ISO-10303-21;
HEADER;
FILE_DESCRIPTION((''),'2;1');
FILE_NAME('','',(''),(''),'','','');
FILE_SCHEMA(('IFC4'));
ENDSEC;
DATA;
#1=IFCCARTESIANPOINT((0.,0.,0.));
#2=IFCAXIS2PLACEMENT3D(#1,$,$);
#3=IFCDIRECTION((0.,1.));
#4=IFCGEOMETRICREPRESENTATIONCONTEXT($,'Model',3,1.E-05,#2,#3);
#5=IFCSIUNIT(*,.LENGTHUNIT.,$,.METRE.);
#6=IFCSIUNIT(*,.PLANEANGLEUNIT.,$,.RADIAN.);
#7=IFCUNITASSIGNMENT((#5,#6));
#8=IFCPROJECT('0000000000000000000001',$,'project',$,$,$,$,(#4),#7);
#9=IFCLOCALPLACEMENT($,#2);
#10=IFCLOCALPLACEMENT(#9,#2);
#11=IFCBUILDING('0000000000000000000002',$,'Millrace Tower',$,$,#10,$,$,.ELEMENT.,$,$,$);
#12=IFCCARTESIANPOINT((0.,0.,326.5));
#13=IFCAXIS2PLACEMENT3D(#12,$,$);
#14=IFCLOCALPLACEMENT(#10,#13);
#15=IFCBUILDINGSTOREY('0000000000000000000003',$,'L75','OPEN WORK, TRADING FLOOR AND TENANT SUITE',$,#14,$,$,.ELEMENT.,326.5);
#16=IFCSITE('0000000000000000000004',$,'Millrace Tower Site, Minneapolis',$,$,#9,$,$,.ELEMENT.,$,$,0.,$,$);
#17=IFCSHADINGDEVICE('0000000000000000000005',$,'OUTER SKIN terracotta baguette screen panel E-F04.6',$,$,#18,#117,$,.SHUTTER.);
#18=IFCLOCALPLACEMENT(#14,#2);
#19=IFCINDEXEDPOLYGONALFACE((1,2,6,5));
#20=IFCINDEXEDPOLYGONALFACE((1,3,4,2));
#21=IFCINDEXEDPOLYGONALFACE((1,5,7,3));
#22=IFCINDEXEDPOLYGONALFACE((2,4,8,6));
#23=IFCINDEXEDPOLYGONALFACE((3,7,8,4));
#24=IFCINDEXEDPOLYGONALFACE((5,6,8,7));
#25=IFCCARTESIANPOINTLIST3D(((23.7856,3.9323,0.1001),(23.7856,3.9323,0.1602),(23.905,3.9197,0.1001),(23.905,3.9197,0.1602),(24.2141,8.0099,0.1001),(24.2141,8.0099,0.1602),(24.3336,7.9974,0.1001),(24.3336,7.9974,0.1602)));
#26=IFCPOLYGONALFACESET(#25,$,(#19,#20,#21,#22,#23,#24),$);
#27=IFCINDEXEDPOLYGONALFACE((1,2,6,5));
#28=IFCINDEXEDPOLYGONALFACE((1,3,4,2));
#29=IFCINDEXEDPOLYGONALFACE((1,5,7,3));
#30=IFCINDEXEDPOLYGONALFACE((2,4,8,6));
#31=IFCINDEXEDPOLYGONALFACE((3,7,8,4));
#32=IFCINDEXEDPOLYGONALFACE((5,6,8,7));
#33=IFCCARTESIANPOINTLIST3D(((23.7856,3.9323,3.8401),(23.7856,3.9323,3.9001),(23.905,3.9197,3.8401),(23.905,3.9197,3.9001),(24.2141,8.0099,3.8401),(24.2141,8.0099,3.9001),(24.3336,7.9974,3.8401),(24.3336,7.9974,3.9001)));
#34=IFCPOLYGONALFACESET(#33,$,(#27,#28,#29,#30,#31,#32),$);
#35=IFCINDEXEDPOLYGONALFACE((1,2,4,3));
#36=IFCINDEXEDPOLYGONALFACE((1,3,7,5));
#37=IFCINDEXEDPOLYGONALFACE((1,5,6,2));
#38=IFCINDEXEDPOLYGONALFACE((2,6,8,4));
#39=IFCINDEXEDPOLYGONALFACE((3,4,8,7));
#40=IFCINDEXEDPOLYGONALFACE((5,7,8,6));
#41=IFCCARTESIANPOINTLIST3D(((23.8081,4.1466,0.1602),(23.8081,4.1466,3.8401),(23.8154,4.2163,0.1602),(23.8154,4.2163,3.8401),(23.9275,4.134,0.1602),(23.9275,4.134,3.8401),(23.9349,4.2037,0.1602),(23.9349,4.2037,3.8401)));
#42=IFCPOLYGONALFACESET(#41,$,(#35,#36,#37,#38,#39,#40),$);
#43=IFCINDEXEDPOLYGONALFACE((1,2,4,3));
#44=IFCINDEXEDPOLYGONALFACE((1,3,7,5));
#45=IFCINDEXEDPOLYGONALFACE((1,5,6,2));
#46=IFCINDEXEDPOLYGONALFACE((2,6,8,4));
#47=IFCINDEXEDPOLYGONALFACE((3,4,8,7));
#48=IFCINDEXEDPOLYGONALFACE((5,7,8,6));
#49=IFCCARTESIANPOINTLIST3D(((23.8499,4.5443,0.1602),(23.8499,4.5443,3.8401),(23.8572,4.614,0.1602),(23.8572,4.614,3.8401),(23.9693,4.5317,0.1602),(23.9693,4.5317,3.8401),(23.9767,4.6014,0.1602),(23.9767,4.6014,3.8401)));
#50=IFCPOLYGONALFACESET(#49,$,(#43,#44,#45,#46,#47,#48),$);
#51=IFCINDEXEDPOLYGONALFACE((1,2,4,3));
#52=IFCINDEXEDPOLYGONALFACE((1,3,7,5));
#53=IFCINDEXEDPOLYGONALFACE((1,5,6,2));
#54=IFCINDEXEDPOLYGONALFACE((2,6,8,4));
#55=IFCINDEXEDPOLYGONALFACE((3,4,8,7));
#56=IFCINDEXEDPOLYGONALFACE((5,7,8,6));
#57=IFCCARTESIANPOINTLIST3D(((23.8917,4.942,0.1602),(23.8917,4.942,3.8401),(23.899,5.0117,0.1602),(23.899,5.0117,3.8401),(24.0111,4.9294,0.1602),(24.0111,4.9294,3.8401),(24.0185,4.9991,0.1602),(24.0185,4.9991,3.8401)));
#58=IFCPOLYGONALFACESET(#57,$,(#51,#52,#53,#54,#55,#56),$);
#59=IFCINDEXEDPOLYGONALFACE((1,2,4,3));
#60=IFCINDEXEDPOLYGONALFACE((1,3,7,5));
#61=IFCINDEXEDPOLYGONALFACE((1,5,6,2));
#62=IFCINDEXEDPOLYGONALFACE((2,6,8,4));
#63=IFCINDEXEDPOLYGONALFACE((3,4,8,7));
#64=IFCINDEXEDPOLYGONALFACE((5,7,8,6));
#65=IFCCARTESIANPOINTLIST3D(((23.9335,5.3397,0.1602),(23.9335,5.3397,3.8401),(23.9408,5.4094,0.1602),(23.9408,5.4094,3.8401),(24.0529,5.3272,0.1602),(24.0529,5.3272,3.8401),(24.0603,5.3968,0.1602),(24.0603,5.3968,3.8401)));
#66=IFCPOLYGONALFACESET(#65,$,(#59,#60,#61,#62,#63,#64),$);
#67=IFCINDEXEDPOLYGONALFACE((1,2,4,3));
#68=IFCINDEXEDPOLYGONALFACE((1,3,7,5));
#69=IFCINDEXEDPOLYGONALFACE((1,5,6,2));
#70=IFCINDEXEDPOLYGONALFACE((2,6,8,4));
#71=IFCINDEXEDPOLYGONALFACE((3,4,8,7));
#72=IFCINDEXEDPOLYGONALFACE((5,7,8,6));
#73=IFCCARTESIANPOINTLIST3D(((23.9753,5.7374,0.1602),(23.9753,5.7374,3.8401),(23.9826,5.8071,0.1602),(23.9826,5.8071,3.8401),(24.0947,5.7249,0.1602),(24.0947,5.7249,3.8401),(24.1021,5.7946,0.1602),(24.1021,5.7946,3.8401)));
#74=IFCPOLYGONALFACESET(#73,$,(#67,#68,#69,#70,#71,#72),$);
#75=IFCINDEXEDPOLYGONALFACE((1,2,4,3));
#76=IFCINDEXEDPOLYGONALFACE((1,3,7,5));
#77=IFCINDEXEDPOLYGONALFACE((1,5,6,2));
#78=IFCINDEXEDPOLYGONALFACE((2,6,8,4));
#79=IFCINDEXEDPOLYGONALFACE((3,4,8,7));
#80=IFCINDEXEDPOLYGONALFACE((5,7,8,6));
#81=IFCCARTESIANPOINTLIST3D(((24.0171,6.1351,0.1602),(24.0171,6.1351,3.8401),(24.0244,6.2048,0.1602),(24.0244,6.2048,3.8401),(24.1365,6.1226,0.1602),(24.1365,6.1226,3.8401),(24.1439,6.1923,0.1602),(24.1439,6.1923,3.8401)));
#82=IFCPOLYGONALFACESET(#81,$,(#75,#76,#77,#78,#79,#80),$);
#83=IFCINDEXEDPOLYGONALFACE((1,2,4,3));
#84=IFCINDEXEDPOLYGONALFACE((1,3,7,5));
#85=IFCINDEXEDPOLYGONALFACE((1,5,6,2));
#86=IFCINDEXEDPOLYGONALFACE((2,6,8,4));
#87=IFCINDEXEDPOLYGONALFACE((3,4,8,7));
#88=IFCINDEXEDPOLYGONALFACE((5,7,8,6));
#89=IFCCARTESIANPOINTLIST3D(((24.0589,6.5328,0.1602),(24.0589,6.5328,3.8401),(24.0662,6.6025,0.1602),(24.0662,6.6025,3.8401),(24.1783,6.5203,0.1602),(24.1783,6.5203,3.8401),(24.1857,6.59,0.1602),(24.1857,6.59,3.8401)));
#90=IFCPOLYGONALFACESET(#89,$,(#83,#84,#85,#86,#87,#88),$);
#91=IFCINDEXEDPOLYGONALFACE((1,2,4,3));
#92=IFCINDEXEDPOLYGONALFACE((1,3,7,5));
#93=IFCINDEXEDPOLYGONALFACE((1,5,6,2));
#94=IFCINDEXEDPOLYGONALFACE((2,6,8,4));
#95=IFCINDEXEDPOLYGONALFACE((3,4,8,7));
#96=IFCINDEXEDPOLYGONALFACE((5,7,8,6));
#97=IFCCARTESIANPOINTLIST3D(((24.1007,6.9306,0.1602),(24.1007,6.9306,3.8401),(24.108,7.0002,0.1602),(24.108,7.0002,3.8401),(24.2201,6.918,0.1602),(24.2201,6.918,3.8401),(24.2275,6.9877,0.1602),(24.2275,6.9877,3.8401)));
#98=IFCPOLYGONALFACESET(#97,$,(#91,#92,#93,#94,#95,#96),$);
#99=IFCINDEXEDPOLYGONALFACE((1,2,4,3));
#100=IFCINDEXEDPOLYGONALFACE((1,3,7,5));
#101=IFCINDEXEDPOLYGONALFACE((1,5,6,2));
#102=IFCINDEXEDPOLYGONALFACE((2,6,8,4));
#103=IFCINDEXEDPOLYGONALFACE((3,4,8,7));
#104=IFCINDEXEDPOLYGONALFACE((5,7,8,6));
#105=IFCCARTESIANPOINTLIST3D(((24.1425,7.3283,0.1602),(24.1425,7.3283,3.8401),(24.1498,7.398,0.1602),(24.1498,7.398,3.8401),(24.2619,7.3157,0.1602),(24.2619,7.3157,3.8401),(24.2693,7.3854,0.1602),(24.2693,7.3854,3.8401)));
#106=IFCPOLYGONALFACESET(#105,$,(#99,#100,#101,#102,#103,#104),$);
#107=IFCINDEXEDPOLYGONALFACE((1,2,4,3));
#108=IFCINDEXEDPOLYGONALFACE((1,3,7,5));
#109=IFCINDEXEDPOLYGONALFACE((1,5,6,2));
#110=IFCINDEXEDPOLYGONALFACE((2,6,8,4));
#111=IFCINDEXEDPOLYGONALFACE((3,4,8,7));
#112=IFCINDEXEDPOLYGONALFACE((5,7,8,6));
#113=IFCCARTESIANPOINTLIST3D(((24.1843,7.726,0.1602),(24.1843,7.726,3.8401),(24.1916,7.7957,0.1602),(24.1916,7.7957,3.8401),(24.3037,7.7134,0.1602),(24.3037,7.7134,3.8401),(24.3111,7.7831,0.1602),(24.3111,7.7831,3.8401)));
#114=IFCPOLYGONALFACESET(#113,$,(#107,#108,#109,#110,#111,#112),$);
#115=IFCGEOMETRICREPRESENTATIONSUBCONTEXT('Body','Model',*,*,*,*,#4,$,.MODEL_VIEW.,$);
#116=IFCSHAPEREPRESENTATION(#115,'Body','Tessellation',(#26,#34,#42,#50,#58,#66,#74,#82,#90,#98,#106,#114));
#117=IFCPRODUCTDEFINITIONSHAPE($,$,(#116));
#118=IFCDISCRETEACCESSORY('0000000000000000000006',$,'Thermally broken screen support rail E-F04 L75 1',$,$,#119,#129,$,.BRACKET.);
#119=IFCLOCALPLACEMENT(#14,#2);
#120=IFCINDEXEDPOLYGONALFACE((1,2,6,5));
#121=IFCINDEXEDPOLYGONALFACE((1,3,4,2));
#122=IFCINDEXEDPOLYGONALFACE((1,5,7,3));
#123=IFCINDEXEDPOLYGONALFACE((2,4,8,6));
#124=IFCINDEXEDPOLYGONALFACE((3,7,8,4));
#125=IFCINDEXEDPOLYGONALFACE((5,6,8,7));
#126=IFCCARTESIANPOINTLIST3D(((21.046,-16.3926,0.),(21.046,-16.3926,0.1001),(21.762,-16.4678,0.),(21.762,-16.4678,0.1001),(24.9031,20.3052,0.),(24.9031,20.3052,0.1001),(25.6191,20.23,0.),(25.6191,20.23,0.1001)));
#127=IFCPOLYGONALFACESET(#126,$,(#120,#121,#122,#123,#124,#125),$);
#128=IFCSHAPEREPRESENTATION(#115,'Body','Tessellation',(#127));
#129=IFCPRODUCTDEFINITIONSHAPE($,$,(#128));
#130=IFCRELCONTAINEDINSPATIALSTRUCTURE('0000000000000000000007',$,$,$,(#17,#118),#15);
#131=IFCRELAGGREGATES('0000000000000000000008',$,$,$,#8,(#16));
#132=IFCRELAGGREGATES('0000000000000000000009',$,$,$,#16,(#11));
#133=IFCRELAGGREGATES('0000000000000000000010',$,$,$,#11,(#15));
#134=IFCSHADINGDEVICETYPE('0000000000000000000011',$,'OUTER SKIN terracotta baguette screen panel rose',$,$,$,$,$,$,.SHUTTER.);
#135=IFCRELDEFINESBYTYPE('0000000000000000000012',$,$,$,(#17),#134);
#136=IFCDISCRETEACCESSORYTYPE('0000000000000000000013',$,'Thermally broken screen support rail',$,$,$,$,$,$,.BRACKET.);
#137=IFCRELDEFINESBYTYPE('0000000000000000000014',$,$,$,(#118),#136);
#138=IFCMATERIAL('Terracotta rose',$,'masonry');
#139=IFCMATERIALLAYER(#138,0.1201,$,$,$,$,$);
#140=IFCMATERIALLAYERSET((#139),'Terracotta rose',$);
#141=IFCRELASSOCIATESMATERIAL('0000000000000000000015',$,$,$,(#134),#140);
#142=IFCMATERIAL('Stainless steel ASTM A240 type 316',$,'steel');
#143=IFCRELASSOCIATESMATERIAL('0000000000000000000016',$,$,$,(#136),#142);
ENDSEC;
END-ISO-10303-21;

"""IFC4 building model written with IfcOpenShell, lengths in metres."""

from ifc_helpers import new_model, entity, si_unit, direction, frame, frame_2d, origin, origin_2d, place, context, subcontext, project, spatial, rectangle, extrude, source, transform, mapped, material, layer, layer_set, type_object, element, save


model = new_model("IFC4")

# Units and contexts
model_context = context("Model", 3, precision=1e-05, world=origin(), true_north=direction((0.0, 1.0)))
body_context = subcontext(model_context, "Body", "Model", "MODEL_VIEW")
ifc_project = project(units=[si_unit("LENGTHUNIT", "METRE"), si_unit("PLANEANGLEUNIT", "RADIAN")], contexts=[model_context])

# Site, building, storey
site_placement = place(None, origin())
site = spatial("IfcSite", under=ifc_project, at=site_placement, Name="Millrace Tower Site, Minneapolis", CompositionType="ELEMENT", RefElevation=0.0)
building_placement = place(site_placement, origin())
building = spatial("IfcBuilding", under=site, at=building_placement, Name="Millrace Tower", CompositionType="ELEMENT")
storey_placement = place(building_placement, frame((0.0, 0.0, 326.5)))
storey = spatial("IfcBuildingStorey", under=building, at=storey_placement, Name="L75", Description="OPEN WORK, TRADING FLOOR AND TENANT SUITE", CompositionType="ELEMENT", Elevation=326.5)

# Shading device
ifc_material_1 = material(Name="Terracotta rose", Category="masonry")
ifc_layer_1 = layer(ifc_material_1, 0.1201)
ifc_layer_set_1 = layer_set([ifc_layer_1], Name="Terracotta rose")
shading_device_type = type_object("IfcShadingDeviceType", Name="OUTER SKIN terracotta baguette screen panel rose", PredefinedType="SHUTTER", material=ifc_layer_set_1)
cartesian_point = entity("IfcCartesianPoint", [-2.05, 0.0601])
shared_polyline = entity("IfcPolyline", [cartesian_point, entity("IfcCartesianPoint", [2.05, 0.0601]), entity("IfcCartesianPoint", [2.05, -0.0601]), entity("IfcCartesianPoint", [-2.05, -0.0601]), cartesian_point])
shared_shape = source(origin(), body_context, "Body", "SweptSolid", [
    entity("IfcExtrudedAreaSolid", entity("IfcArbitraryClosedProfileDef", "AREA", None, shared_polyline), entity("IfcAxis2Placement3D", entity("IfcCartesianPoint", [0.0, 0.0, 0.0])), entity("IfcDirection", [0.0, 0.0, 1.0]), 0.0601),
    entity("IfcExtrudedAreaSolid", entity("IfcArbitraryClosedProfileDef", "AREA", None, shared_polyline), entity("IfcAxis2Placement3D", entity("IfcCartesianPoint", [0.0, 0.0, 3.74])), entity("IfcDirection", [0.0, 0.0, 1.0]), 0.0601),
    extrude(rectangle(XDim=0.0701, YDim=0.1201, at=frame_2d((-1.7996, 0.0))), frame((0.0, 0.0, 0.0601)), (0.0, 0.0, 1.0), 3.6799),
    extrude(rectangle(XDim=0.0701, YDim=0.1201, at=frame_2d((-1.3997, 0.0))), frame((0.0, 0.0, 0.0601)), (0.0, 0.0, 1.0), 3.6799),
    extrude(rectangle(XDim=0.0701, YDim=0.1201, at=frame_2d((-0.9998, 0.0))), frame((0.0, 0.0, 0.0601)), (0.0, 0.0, 1.0), 3.6799),
    extrude(rectangle(XDim=0.0701, YDim=0.1201, at=frame_2d((-0.5999, 0.0))), frame((0.0, 0.0, 0.0601)), (0.0, 0.0, 1.0), 3.6799),
    extrude(rectangle(XDim=0.0701, YDim=0.1201, at=frame_2d((-0.2, 0.0))), frame((0.0, 0.0, 0.0601)), (0.0, 0.0, 1.0), 3.6799),
    extrude(rectangle(XDim=0.0701, YDim=0.1201, at=frame_2d((0.2, 0.0))), frame((0.0, 0.0, 0.0601)), (0.0, 0.0, 1.0), 3.6799),
    extrude(rectangle(XDim=0.0701, YDim=0.1201, at=frame_2d((0.5999, 0.0))), frame((0.0, 0.0, 0.0601)), (0.0, 0.0, 1.0), 3.6799),
    extrude(rectangle(XDim=0.0701, YDim=0.1201, at=frame_2d((0.9998, 0.0))), frame((0.0, 0.0, 0.0601)), (0.0, 0.0, 1.0), 3.6799),
    extrude(rectangle(XDim=0.0701, YDim=0.1201, at=frame_2d((1.3997, 0.0))), frame((0.0, 0.0, 0.0601)), (0.0, 0.0, 1.0), 3.6799),
    extrude(rectangle(XDim=0.0701, YDim=0.1201, at=frame_2d((1.7996, 0.0))), frame((0.0, 0.0, 0.0601)), (0.0, 0.0, 1.0), 3.6799),
])
for number, where, z_axis, x_axis, name in (
    (1, (24.0596, 5.9648, 0.1001), (0.0, 0.0, 1.0), (0.104528, 0.994522, 0.0), "OUTER SKIN terracotta baguette screen panel E-F04.6"),
):
    element("IfcShadingDevice", number, at=place(storey_placement, frame(where, z_axis=z_axis, x_axis=x_axis)), inside=storey, type_object=shading_device_type, Name=name, PredefinedType="SHUTTER", context=body_context, shape_type="MappedRepresentation", body=[
        mapped(shared_shape, transform((0.0, 0.0, 0.0), scale=1.0)),
    ])

# Discrete accessory
ifc_material_2 = material(Name="Stainless steel ASTM A240 type 316", Category="steel")
discrete_accessory_type = type_object("IfcDiscreteAccessoryType", Name="Thermally broken screen support rail", PredefinedType="BRACKET", material=ifc_material_2)
discrete_accessory_placement = place(storey_placement, frame((23.3325, 1.9187, 0.0), z_axis=(0.0, 0.0, 1.0), x_axis=(0.104528, 0.994522, 0.0)))
element("IfcDiscreteAccessory", 2, at=discrete_accessory_placement, inside=storey, type_object=discrete_accessory_type, Name="Thermally broken screen support rail E-F04 L75 1", PredefinedType="BRACKET", context=body_context, shape_type="SweptSolid", body=[
    extrude(rectangle(XDim=36.8999, YDim=0.72, at=origin_2d()), origin(), (0.0, 0.0, 1.0), 0.1001),
])

save(model, "model.ifc")
